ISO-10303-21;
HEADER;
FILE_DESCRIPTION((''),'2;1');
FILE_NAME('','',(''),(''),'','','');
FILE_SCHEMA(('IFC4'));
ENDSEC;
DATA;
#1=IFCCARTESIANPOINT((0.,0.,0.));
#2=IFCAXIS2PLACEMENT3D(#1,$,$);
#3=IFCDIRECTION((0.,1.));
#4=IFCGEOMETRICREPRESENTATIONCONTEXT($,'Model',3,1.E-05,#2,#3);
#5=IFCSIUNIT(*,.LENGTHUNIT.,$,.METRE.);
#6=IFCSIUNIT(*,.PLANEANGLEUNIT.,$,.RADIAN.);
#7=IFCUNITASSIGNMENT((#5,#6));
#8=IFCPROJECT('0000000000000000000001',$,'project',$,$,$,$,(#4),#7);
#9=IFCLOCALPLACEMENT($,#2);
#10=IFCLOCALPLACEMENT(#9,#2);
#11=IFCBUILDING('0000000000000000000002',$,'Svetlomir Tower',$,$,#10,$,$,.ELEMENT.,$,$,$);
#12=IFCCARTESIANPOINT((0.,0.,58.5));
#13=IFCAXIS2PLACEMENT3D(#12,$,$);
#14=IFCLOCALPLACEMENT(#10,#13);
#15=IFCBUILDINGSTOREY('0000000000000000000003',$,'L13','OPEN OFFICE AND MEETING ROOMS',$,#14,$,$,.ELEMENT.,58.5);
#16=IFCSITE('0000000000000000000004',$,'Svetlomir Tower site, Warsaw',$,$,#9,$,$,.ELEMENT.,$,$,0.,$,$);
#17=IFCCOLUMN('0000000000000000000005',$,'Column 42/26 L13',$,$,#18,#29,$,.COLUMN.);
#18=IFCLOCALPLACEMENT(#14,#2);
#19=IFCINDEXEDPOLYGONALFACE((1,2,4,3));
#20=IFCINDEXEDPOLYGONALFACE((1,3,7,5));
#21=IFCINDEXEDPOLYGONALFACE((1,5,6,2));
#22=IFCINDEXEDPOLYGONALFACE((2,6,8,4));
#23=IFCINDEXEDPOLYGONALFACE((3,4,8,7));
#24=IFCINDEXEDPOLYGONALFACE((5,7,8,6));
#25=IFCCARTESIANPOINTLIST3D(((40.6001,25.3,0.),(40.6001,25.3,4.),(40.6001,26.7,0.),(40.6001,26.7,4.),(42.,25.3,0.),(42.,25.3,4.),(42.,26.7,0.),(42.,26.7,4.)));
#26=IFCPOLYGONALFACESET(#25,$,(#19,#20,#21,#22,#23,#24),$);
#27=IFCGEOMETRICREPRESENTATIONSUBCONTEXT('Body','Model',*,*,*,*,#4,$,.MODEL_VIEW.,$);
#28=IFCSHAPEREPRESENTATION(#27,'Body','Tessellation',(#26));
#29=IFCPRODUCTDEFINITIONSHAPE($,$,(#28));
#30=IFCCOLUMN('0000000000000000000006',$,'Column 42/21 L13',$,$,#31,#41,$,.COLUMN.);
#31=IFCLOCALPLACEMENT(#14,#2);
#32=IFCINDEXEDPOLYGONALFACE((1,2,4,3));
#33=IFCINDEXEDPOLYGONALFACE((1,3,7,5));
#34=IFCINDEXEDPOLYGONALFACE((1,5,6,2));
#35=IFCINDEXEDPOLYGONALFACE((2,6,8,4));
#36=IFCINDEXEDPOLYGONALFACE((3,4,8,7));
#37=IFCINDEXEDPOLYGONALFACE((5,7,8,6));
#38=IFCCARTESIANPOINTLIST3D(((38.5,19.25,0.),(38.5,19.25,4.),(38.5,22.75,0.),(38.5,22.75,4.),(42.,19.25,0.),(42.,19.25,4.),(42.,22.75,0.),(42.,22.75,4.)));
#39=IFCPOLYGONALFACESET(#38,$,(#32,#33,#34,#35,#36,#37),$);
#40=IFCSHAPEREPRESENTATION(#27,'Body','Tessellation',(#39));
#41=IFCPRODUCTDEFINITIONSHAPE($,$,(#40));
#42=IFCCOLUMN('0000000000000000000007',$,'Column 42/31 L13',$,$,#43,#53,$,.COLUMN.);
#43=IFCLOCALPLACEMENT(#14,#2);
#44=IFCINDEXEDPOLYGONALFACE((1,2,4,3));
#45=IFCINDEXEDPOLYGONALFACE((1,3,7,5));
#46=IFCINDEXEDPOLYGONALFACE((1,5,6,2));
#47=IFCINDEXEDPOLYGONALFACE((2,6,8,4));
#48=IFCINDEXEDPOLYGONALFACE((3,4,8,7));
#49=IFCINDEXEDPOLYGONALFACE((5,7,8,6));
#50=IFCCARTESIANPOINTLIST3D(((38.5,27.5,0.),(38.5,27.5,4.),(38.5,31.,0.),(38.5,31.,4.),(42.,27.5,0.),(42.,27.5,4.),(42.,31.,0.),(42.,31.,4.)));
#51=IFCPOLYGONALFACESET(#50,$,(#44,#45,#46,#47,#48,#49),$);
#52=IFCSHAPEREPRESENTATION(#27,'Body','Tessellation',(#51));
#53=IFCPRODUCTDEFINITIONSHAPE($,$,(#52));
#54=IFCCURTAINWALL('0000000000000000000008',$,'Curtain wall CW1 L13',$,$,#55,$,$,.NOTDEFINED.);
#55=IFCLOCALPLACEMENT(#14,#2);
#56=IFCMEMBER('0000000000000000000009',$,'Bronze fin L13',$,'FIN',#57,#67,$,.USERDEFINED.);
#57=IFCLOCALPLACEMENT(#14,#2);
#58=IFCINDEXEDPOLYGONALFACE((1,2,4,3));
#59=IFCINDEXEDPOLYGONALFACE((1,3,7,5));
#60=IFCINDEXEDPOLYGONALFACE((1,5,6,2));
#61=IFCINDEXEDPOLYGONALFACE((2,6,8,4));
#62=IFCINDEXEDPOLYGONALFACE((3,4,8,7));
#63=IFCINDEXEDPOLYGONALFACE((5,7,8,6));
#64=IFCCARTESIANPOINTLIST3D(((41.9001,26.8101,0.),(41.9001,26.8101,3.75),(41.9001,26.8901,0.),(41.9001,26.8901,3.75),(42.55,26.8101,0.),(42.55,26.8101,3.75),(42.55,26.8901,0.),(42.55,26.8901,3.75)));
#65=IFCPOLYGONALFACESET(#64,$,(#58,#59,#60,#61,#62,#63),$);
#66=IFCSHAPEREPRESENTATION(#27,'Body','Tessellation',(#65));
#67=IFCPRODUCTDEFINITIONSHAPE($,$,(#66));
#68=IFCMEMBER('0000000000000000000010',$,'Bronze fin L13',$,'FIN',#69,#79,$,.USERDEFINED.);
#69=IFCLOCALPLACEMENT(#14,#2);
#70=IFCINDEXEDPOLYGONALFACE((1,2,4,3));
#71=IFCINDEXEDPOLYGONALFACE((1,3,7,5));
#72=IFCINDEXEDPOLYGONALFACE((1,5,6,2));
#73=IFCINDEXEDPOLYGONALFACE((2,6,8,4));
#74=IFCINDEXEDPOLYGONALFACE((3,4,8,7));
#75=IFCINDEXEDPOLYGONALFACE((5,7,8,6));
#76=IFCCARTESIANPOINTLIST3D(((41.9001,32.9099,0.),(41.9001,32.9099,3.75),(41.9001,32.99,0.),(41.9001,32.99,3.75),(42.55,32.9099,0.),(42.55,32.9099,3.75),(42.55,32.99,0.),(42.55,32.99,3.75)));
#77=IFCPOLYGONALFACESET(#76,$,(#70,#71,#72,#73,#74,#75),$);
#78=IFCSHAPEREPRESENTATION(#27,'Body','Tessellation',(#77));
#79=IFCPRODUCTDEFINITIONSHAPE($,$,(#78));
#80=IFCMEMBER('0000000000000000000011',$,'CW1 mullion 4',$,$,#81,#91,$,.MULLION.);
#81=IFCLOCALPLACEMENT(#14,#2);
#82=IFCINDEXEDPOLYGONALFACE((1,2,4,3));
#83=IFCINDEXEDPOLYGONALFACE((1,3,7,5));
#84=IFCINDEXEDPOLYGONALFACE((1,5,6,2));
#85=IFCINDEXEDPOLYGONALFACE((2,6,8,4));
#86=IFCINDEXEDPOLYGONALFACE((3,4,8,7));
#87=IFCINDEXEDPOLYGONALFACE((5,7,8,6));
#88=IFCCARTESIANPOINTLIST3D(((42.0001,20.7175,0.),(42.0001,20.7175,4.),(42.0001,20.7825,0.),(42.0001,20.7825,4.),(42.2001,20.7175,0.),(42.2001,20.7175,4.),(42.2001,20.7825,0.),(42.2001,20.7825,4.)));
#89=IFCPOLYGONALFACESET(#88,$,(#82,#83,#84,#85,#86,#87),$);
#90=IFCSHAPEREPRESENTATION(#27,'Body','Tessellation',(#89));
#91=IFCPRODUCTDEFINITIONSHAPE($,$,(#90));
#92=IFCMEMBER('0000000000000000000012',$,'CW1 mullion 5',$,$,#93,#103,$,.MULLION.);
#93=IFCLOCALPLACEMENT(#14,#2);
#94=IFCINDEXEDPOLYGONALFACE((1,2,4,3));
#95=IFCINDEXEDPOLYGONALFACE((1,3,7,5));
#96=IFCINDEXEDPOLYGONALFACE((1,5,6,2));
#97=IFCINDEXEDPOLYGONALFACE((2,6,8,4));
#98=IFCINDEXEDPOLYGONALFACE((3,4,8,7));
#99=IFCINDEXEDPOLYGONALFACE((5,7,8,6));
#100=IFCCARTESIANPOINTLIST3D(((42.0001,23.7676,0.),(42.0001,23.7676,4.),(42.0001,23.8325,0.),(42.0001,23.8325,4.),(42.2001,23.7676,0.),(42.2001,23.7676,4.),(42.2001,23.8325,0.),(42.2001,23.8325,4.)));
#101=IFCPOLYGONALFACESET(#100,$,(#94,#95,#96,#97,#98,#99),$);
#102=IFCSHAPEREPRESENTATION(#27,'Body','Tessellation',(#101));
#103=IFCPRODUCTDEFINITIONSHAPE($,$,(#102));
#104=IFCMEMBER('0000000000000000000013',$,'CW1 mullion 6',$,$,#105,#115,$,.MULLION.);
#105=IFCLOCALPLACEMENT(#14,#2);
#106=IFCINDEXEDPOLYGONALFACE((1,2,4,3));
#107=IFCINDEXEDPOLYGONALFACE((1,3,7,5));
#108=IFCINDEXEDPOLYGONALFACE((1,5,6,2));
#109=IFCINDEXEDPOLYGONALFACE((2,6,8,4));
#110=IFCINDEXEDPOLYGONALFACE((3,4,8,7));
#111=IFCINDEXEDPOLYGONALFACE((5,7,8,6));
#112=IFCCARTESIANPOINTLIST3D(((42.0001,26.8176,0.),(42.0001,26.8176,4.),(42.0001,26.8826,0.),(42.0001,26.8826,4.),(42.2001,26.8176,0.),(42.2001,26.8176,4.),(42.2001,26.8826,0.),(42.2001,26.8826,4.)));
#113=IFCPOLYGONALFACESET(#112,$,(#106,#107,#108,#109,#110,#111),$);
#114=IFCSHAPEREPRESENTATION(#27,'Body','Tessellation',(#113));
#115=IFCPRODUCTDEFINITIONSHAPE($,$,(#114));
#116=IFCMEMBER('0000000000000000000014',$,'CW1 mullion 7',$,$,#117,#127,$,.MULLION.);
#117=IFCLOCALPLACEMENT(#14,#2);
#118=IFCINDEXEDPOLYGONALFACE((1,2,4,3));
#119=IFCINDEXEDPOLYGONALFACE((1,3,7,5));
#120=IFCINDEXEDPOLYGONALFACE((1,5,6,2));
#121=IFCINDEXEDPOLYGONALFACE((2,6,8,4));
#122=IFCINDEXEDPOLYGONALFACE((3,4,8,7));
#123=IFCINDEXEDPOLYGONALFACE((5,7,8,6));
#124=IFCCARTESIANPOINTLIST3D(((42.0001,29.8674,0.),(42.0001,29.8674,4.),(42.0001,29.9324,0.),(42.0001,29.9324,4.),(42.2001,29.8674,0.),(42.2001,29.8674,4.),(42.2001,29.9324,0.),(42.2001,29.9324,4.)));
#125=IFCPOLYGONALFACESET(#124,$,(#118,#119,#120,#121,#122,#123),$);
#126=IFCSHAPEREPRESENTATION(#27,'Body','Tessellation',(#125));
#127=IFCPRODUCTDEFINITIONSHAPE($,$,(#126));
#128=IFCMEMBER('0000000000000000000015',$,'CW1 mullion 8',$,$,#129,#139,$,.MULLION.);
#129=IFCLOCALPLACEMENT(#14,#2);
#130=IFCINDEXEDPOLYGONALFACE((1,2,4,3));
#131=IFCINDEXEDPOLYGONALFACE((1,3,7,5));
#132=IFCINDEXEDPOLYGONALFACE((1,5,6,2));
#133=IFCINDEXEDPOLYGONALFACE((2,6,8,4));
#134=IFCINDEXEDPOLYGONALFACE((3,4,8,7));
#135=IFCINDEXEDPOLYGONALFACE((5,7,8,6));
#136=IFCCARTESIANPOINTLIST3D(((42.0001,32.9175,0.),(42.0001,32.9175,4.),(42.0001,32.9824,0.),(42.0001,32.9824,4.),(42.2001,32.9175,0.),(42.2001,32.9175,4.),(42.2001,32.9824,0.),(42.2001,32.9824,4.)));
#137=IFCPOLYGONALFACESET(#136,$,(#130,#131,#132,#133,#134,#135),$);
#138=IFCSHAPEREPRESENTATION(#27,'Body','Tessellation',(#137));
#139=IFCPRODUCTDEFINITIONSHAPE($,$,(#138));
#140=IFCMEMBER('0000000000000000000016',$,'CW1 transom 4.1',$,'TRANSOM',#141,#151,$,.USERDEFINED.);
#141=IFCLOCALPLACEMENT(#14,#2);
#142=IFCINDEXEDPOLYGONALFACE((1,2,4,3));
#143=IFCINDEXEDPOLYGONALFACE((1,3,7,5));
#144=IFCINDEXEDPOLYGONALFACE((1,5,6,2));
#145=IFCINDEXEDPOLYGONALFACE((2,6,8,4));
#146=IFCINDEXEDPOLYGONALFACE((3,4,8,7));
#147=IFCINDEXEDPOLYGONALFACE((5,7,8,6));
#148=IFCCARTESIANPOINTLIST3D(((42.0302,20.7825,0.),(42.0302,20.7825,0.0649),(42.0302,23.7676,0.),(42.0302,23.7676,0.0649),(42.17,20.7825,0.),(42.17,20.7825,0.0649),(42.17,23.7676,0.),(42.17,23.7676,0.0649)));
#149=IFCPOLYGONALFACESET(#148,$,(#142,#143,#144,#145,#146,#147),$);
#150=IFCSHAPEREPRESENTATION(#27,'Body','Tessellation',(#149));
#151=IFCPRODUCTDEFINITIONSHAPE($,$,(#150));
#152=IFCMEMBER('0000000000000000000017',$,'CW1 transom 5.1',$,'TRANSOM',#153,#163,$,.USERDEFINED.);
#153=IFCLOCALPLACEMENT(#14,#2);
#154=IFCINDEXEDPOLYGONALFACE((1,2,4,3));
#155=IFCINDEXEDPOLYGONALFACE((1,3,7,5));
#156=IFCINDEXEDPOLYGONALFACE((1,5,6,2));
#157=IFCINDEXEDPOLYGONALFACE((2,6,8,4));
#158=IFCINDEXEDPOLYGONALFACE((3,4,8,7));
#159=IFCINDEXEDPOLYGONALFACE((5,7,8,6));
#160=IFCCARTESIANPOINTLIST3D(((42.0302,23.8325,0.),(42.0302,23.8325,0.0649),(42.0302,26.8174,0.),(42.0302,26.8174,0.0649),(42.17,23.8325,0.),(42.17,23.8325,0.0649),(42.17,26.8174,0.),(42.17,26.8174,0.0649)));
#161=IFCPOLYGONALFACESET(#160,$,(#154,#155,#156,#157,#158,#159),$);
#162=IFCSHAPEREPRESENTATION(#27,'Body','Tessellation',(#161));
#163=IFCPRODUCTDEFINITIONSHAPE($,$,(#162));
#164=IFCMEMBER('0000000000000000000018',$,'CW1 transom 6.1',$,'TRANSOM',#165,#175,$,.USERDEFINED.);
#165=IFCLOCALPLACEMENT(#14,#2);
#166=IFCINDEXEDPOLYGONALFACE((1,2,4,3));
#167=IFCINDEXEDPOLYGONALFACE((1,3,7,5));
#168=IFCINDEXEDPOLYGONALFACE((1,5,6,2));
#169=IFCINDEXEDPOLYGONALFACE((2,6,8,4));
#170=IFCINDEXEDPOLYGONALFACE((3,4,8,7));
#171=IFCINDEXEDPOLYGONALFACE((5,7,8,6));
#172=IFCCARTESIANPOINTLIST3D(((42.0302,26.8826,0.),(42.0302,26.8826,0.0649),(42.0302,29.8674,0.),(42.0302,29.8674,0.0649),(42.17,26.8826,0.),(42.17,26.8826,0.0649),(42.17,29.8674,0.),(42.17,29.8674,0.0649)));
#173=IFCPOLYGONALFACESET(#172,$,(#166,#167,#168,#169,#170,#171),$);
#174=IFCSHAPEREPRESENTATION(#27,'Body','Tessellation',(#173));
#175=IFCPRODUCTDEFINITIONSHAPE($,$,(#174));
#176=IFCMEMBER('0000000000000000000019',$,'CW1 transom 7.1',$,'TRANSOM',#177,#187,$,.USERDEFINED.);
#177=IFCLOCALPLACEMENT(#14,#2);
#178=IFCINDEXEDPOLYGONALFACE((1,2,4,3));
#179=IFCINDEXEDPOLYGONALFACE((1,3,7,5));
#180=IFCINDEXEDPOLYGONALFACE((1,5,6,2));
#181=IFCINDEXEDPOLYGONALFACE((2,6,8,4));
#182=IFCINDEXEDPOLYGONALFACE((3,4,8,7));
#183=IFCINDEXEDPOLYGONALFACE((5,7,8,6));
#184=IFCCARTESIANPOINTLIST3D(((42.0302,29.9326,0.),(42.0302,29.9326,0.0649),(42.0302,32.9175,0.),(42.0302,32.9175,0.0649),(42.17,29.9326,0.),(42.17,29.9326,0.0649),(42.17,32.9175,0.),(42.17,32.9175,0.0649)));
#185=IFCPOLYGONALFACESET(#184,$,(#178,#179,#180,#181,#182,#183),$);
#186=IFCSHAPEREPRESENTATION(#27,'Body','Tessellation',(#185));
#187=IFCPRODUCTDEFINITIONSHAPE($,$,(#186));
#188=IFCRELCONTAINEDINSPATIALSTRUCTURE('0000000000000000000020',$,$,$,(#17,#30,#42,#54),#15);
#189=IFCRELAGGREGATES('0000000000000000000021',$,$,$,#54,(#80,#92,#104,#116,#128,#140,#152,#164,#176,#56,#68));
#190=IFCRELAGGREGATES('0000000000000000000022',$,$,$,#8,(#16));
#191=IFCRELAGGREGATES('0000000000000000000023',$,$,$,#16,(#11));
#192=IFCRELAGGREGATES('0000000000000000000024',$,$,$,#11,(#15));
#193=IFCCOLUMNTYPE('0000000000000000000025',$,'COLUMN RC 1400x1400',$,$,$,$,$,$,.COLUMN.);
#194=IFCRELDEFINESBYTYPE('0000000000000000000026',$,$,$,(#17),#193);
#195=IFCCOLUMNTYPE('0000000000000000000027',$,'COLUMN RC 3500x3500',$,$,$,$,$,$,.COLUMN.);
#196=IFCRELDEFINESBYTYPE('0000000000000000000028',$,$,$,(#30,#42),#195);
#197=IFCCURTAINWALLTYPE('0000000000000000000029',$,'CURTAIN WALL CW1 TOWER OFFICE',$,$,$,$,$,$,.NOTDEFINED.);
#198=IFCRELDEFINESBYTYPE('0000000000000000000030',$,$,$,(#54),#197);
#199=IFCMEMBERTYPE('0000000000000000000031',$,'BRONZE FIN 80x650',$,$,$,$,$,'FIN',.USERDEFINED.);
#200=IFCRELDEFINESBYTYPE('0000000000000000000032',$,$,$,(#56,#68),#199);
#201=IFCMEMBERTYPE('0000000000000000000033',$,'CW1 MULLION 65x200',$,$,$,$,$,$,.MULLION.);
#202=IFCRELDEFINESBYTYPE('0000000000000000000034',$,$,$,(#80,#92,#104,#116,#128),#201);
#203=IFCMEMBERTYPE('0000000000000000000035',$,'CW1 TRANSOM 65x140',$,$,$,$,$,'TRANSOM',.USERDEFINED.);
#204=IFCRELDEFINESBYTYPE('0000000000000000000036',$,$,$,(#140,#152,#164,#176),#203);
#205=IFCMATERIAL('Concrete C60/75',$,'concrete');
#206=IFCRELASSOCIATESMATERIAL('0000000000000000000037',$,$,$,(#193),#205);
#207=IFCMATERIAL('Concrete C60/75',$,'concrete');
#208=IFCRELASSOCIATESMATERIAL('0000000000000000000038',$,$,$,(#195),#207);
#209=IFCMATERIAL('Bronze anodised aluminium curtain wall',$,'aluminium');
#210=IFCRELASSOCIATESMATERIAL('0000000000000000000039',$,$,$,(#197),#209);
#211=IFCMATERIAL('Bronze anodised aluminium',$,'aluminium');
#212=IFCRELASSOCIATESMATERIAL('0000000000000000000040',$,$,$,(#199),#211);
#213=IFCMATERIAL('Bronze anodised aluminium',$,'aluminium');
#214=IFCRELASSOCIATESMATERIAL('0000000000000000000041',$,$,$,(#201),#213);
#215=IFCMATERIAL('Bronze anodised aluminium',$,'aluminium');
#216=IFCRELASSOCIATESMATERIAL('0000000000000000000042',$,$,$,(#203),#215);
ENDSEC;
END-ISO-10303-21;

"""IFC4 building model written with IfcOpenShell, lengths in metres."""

from ifc_helpers import new_model, si_unit, direction, frame, origin, origin_2d, place, context, subcontext, project, spatial, rectangle, extrude, material, material_profile, profile_set, type_object, element, aggregate, save


model = new_model("IFC4")

# Units and contexts
model_context = context("Model", 3, precision=1e-05, world=origin(), true_north=direction((0.0, 1.0)))
body_context = subcontext(model_context, "Body", "Model", "MODEL_VIEW")
ifc_project = project(units=[si_unit("LENGTHUNIT", "METRE"), si_unit("PLANEANGLEUNIT", "RADIAN")], contexts=[model_context])

# Site, building, storey
site_placement = place(None, origin())
site = spatial("IfcSite", under=ifc_project, at=site_placement, Name="Svetlomir Tower site, Warsaw", CompositionType="ELEMENT", RefElevation=0.0)
building_placement = place(site_placement, origin())
building = spatial("IfcBuilding", under=site, at=building_placement, Name="Svetlomir Tower", CompositionType="ELEMENT")
storey_placement = place(building_placement, frame((0.0, 0.0, 58.5)))
storey = spatial("IfcBuildingStorey", under=building, at=storey_placement, Name="L13", Description="OPEN OFFICE AND MEETING ROOMS", CompositionType="ELEMENT", Elevation=58.5)

# Columns
ifc_material_1 = material(Name="Concrete C60/75", Category="concrete")
ifc_material_profile_1 = material_profile(ifc_material_1, rectangle(XDim=1.3999, YDim=1.3999, at=origin_2d()), Name="RC 1400x1400")
ifc_profile_set_1 = profile_set([ifc_material_profile_1], Name="Concrete C60/75")
column_type_1 = type_object("IfcColumnType", Name="COLUMN RC 1400x1400", PredefinedType="COLUMN", material=ifc_profile_set_1)
column_placement = place(storey_placement, frame((41.3, 26.0, 0.0), z_axis=(0.0, 0.0, 1.0), x_axis=(1.0, 0.0, 0.0)))
element("IfcColumn", 1, at=column_placement, inside=storey, type_object=column_type_1, Name="Column 42/26 L13", PredefinedType="COLUMN", context=body_context, shape_type="SweptSolid", body=[
    extrude(rectangle(XDim=1.3999, YDim=1.3999, at=origin_2d()), origin(), (0.0, 0.0, 1.0), 4.0),
])
ifc_material_2 = material(Name="Concrete C60/75", Category="concrete")
ifc_material_profile_2 = material_profile(ifc_material_2, rectangle(XDim=3.5, YDim=3.5, at=origin_2d()), Name="RC 3500x3500")
ifc_profile_set_2 = profile_set([ifc_material_profile_2], Name="Concrete C60/75")
column_type_2 = type_object("IfcColumnType", Name="COLUMN RC 3500x3500", PredefinedType="COLUMN", material=ifc_profile_set_2)
for number, where, z_axis, x_axis, name in (
    (2, (40.25, 21.0, 0.0), (0.0, 0.0, 1.0), (1.0, 0.0, 0.0), "Column 42/21 L13"),
    (3, (40.25, 29.25, 0.0), (0.0, 0.0, 1.0), (1.0, 0.0, 0.0), "Column 42/31 L13"),
):
    element("IfcColumn", number, at=place(storey_placement, frame(where, z_axis=z_axis, x_axis=x_axis)), inside=storey, type_object=column_type_2, Name=name, PredefinedType="COLUMN", context=body_context, shape_type="SweptSolid", body=[
        extrude(rectangle(XDim=3.5, YDim=3.5, at=origin_2d()), origin(), (0.0, 0.0, 1.0), 4.0),
    ])

# Curtain wall, members
ifc_material_3 = material(Name="Bronze anodised aluminium curtain wall", Category="aluminium")
curtain_wall_type = type_object("IfcCurtainWallType", Name="CURTAIN WALL CW1 TOWER OFFICE", PredefinedType="NOTDEFINED", material=ifc_material_3)
curtain_wall_placement = place(storey_placement, origin())
curtain_wall = element("IfcCurtainWall", 4, at=curtain_wall_placement, inside=storey, type_object=curtain_wall_type, Name="Curtain wall CW1 L13", PredefinedType="NOTDEFINED")
ifc_material_4 = material(Name="Bronze anodised aluminium", Category="aluminium")
ifc_material_profile_3 = material_profile(ifc_material_4, rectangle(XDim=0.0801, YDim=0.6499, at=origin_2d()), Name="FIN 80x650")
ifc_profile_set_3 = profile_set([ifc_material_profile_3], Name="Bronze anodised aluminium 6063-T6")
member_type_1 = type_object("IfcMemberType", Name="BRONZE FIN 80x650", ElementType="FIN", PredefinedType="USERDEFINED", material=ifc_profile_set_3)
member_1_placement = place(storey_placement, frame((42.2251, 26.8501, 0.0), z_axis=(0.0, 0.0, 1.0), x_axis=(0.0, 1.0, 0.0)))
member_1 = element("IfcMember", 5, at=member_1_placement, type_object=member_type_1, Name="Bronze fin L13", ObjectType="FIN", PredefinedType="USERDEFINED", context=body_context, shape_type="SweptSolid", body=[
    extrude(rectangle(XDim=0.0801, YDim=0.6499, at=origin_2d()), origin(), (0.0, 0.0, 1.0), 3.75),
])
member_2_placement = place(storey_placement, frame((42.2251, 32.95, 0.0), z_axis=(0.0, 0.0, 1.0), x_axis=(0.0, 1.0, 0.0)))
member_2 = element("IfcMember", 6, at=member_2_placement, type_object=member_type_1, Name="Bronze fin L13", ObjectType="FIN", PredefinedType="USERDEFINED", context=body_context, shape_type="SweptSolid", body=[
    extrude(rectangle(XDim=0.0801, YDim=0.6499, at=origin_2d()), origin(), (0.0, 0.0, 1.0), 3.75),
])
ifc_material_5 = material(Name="Bronze anodised aluminium", Category="aluminium")
ifc_material_profile_4 = material_profile(ifc_material_5, rectangle(XDim=0.0649, YDim=0.2, at=origin_2d()), Name="AL 65x200")
ifc_profile_set_4 = profile_set([ifc_material_profile_4], Name="Bronze anodised aluminium 6063-T6")
member_type_2 = type_object("IfcMemberType", Name="CW1 MULLION 65x200", PredefinedType="MULLION", material=ifc_profile_set_4)
member_3_placement = place(storey_placement, frame((42.1001, 20.75, 0.0), z_axis=(0.0, 0.0, 1.0), x_axis=(0.0, 1.0, 0.0)))
member_3 = element("IfcMember", 7, at=member_3_placement, type_object=member_type_2, Name="CW1 mullion 4", PredefinedType="MULLION", context=body_context, shape_type="SweptSolid", body=[
    extrude(rectangle(XDim=0.0649, YDim=0.2, at=origin_2d()), origin(), (0.0, 0.0, 1.0), 4.0),
])
member_4_placement = place(storey_placement, frame((42.1001, 23.8, 0.0), z_axis=(0.0, 0.0, 1.0), x_axis=(0.0, 1.0, 0.0)))
member_4 = element("IfcMember", 8, at=member_4_placement, type_object=member_type_2, Name="CW1 mullion 5", PredefinedType="MULLION", context=body_context, shape_type="SweptSolid", body=[
    extrude(rectangle(XDim=0.0649, YDim=0.2, at=origin_2d()), origin(), (0.0, 0.0, 1.0), 4.0),
])
member_5_placement = place(storey_placement, frame((42.1001, 26.8501, 0.0), z_axis=(0.0, 0.0, 1.0), x_axis=(0.0, 1.0, 0.0)))
member_5 = element("IfcMember", 9, at=member_5_placement, type_object=member_type_2, Name="CW1 mullion 6", PredefinedType="MULLION", context=body_context, shape_type="SweptSolid", body=[
    extrude(rectangle(XDim=0.0649, YDim=0.2, at=origin_2d()), origin(), (0.0, 0.0, 1.0), 4.0),
])
member_6_placement = place(storey_placement, frame((42.1001, 29.8999, 0.0), z_axis=(0.0, 0.0, 1.0), x_axis=(0.0, 1.0, 0.0)))
member_6 = element("IfcMember", 10, at=member_6_placement, type_object=member_type_2, Name="CW1 mullion 7", PredefinedType="MULLION", context=body_context, shape_type="SweptSolid", body=[
    extrude(rectangle(XDim=0.0649, YDim=0.2, at=origin_2d()), origin(), (0.0, 0.0, 1.0), 4.0),
])
member_7_placement = place(storey_placement, frame((42.1001, 32.95, 0.0), z_axis=(0.0, 0.0, 1.0), x_axis=(0.0, 1.0, 0.0)))
member_7 = element("IfcMember", 11, at=member_7_placement, type_object=member_type_2, Name="CW1 mullion 8", PredefinedType="MULLION", context=body_context, shape_type="SweptSolid", body=[
    extrude(rectangle(XDim=0.0649, YDim=0.2, at=origin_2d()), origin(), (0.0, 0.0, 1.0), 4.0),
])
ifc_material_6 = material(Name="Bronze anodised aluminium", Category="aluminium")
ifc_material_profile_5 = material_profile(ifc_material_6, rectangle(XDim=0.1399, YDim=0.0649, at=origin_2d()), Name="AL 140x65")
ifc_profile_set_5 = profile_set([ifc_material_profile_5], Name="Bronze anodised aluminium 6063-T6")
member_type_3 = type_object("IfcMemberType", Name="CW1 TRANSOM 65x140", ElementType="TRANSOM", PredefinedType="USERDEFINED", material=ifc_profile_set_5)
member_8_placement = place(storey_placement, frame((42.1001, 20.7825, 0.0325), z_axis=(0.0, 1.0, 0.0), x_axis=(-1.0, 0.0, 0.0)))
member_8 = element("IfcMember", 12, at=member_8_placement, type_object=member_type_3, Name="CW1 transom 4.1", ObjectType="TRANSOM", PredefinedType="USERDEFINED", context=body_context, shape_type="SweptSolid", body=[
    extrude(rectangle(XDim=0.1399, YDim=0.0649, at=origin_2d()), origin(), (0.0, 0.0, 1.0), 2.9851),
])
member_9_placement = place(storey_placement, frame((42.1001, 23.8325, 0.0325), z_axis=(0.0, 1.0, 0.0), x_axis=(-1.0, 0.0, 0.0)))
member_9 = element("IfcMember", 13, at=member_9_placement, type_object=member_type_3, Name="CW1 transom 5.1", ObjectType="TRANSOM", PredefinedType="USERDEFINED", context=body_context, shape_type="SweptSolid", body=[
    extrude(rectangle(XDim=0.1399, YDim=0.0649, at=origin_2d()), origin(), (0.0, 0.0, 1.0), 2.9849),
])
member_10_placement = place(storey_placement, frame((42.1001, 26.8826, 0.0325), z_axis=(0.0, 1.0, 0.0), x_axis=(-1.0, 0.0, 0.0)))
member_10 = element("IfcMember", 14, at=member_10_placement, type_object=member_type_3, Name="CW1 transom 6.1", ObjectType="TRANSOM", PredefinedType="USERDEFINED", context=body_context, shape_type="SweptSolid", body=[
    extrude(rectangle(XDim=0.1399, YDim=0.0649, at=origin_2d()), origin(), (0.0, 0.0, 1.0), 2.9849),
])
member_11_placement = place(storey_placement, frame((42.1001, 29.9326, 0.0325), z_axis=(0.0, 1.0, 0.0), x_axis=(-1.0, 0.0, 0.0)))
member_11 = element("IfcMember", 15, at=member_11_placement, type_object=member_type_3, Name="CW1 transom 7.1", ObjectType="TRANSOM", PredefinedType="USERDEFINED", context=body_context, shape_type="SweptSolid", body=[
    extrude(rectangle(XDim=0.1399, YDim=0.0649, at=origin_2d()), origin(), (0.0, 0.0, 1.0), 2.9849),
])

aggregate(curtain_wall, [member_3, member_4, member_5, member_6, member_7, member_8, member_9, member_10, member_11, member_1, member_2])

save(model, "model.ifc")
